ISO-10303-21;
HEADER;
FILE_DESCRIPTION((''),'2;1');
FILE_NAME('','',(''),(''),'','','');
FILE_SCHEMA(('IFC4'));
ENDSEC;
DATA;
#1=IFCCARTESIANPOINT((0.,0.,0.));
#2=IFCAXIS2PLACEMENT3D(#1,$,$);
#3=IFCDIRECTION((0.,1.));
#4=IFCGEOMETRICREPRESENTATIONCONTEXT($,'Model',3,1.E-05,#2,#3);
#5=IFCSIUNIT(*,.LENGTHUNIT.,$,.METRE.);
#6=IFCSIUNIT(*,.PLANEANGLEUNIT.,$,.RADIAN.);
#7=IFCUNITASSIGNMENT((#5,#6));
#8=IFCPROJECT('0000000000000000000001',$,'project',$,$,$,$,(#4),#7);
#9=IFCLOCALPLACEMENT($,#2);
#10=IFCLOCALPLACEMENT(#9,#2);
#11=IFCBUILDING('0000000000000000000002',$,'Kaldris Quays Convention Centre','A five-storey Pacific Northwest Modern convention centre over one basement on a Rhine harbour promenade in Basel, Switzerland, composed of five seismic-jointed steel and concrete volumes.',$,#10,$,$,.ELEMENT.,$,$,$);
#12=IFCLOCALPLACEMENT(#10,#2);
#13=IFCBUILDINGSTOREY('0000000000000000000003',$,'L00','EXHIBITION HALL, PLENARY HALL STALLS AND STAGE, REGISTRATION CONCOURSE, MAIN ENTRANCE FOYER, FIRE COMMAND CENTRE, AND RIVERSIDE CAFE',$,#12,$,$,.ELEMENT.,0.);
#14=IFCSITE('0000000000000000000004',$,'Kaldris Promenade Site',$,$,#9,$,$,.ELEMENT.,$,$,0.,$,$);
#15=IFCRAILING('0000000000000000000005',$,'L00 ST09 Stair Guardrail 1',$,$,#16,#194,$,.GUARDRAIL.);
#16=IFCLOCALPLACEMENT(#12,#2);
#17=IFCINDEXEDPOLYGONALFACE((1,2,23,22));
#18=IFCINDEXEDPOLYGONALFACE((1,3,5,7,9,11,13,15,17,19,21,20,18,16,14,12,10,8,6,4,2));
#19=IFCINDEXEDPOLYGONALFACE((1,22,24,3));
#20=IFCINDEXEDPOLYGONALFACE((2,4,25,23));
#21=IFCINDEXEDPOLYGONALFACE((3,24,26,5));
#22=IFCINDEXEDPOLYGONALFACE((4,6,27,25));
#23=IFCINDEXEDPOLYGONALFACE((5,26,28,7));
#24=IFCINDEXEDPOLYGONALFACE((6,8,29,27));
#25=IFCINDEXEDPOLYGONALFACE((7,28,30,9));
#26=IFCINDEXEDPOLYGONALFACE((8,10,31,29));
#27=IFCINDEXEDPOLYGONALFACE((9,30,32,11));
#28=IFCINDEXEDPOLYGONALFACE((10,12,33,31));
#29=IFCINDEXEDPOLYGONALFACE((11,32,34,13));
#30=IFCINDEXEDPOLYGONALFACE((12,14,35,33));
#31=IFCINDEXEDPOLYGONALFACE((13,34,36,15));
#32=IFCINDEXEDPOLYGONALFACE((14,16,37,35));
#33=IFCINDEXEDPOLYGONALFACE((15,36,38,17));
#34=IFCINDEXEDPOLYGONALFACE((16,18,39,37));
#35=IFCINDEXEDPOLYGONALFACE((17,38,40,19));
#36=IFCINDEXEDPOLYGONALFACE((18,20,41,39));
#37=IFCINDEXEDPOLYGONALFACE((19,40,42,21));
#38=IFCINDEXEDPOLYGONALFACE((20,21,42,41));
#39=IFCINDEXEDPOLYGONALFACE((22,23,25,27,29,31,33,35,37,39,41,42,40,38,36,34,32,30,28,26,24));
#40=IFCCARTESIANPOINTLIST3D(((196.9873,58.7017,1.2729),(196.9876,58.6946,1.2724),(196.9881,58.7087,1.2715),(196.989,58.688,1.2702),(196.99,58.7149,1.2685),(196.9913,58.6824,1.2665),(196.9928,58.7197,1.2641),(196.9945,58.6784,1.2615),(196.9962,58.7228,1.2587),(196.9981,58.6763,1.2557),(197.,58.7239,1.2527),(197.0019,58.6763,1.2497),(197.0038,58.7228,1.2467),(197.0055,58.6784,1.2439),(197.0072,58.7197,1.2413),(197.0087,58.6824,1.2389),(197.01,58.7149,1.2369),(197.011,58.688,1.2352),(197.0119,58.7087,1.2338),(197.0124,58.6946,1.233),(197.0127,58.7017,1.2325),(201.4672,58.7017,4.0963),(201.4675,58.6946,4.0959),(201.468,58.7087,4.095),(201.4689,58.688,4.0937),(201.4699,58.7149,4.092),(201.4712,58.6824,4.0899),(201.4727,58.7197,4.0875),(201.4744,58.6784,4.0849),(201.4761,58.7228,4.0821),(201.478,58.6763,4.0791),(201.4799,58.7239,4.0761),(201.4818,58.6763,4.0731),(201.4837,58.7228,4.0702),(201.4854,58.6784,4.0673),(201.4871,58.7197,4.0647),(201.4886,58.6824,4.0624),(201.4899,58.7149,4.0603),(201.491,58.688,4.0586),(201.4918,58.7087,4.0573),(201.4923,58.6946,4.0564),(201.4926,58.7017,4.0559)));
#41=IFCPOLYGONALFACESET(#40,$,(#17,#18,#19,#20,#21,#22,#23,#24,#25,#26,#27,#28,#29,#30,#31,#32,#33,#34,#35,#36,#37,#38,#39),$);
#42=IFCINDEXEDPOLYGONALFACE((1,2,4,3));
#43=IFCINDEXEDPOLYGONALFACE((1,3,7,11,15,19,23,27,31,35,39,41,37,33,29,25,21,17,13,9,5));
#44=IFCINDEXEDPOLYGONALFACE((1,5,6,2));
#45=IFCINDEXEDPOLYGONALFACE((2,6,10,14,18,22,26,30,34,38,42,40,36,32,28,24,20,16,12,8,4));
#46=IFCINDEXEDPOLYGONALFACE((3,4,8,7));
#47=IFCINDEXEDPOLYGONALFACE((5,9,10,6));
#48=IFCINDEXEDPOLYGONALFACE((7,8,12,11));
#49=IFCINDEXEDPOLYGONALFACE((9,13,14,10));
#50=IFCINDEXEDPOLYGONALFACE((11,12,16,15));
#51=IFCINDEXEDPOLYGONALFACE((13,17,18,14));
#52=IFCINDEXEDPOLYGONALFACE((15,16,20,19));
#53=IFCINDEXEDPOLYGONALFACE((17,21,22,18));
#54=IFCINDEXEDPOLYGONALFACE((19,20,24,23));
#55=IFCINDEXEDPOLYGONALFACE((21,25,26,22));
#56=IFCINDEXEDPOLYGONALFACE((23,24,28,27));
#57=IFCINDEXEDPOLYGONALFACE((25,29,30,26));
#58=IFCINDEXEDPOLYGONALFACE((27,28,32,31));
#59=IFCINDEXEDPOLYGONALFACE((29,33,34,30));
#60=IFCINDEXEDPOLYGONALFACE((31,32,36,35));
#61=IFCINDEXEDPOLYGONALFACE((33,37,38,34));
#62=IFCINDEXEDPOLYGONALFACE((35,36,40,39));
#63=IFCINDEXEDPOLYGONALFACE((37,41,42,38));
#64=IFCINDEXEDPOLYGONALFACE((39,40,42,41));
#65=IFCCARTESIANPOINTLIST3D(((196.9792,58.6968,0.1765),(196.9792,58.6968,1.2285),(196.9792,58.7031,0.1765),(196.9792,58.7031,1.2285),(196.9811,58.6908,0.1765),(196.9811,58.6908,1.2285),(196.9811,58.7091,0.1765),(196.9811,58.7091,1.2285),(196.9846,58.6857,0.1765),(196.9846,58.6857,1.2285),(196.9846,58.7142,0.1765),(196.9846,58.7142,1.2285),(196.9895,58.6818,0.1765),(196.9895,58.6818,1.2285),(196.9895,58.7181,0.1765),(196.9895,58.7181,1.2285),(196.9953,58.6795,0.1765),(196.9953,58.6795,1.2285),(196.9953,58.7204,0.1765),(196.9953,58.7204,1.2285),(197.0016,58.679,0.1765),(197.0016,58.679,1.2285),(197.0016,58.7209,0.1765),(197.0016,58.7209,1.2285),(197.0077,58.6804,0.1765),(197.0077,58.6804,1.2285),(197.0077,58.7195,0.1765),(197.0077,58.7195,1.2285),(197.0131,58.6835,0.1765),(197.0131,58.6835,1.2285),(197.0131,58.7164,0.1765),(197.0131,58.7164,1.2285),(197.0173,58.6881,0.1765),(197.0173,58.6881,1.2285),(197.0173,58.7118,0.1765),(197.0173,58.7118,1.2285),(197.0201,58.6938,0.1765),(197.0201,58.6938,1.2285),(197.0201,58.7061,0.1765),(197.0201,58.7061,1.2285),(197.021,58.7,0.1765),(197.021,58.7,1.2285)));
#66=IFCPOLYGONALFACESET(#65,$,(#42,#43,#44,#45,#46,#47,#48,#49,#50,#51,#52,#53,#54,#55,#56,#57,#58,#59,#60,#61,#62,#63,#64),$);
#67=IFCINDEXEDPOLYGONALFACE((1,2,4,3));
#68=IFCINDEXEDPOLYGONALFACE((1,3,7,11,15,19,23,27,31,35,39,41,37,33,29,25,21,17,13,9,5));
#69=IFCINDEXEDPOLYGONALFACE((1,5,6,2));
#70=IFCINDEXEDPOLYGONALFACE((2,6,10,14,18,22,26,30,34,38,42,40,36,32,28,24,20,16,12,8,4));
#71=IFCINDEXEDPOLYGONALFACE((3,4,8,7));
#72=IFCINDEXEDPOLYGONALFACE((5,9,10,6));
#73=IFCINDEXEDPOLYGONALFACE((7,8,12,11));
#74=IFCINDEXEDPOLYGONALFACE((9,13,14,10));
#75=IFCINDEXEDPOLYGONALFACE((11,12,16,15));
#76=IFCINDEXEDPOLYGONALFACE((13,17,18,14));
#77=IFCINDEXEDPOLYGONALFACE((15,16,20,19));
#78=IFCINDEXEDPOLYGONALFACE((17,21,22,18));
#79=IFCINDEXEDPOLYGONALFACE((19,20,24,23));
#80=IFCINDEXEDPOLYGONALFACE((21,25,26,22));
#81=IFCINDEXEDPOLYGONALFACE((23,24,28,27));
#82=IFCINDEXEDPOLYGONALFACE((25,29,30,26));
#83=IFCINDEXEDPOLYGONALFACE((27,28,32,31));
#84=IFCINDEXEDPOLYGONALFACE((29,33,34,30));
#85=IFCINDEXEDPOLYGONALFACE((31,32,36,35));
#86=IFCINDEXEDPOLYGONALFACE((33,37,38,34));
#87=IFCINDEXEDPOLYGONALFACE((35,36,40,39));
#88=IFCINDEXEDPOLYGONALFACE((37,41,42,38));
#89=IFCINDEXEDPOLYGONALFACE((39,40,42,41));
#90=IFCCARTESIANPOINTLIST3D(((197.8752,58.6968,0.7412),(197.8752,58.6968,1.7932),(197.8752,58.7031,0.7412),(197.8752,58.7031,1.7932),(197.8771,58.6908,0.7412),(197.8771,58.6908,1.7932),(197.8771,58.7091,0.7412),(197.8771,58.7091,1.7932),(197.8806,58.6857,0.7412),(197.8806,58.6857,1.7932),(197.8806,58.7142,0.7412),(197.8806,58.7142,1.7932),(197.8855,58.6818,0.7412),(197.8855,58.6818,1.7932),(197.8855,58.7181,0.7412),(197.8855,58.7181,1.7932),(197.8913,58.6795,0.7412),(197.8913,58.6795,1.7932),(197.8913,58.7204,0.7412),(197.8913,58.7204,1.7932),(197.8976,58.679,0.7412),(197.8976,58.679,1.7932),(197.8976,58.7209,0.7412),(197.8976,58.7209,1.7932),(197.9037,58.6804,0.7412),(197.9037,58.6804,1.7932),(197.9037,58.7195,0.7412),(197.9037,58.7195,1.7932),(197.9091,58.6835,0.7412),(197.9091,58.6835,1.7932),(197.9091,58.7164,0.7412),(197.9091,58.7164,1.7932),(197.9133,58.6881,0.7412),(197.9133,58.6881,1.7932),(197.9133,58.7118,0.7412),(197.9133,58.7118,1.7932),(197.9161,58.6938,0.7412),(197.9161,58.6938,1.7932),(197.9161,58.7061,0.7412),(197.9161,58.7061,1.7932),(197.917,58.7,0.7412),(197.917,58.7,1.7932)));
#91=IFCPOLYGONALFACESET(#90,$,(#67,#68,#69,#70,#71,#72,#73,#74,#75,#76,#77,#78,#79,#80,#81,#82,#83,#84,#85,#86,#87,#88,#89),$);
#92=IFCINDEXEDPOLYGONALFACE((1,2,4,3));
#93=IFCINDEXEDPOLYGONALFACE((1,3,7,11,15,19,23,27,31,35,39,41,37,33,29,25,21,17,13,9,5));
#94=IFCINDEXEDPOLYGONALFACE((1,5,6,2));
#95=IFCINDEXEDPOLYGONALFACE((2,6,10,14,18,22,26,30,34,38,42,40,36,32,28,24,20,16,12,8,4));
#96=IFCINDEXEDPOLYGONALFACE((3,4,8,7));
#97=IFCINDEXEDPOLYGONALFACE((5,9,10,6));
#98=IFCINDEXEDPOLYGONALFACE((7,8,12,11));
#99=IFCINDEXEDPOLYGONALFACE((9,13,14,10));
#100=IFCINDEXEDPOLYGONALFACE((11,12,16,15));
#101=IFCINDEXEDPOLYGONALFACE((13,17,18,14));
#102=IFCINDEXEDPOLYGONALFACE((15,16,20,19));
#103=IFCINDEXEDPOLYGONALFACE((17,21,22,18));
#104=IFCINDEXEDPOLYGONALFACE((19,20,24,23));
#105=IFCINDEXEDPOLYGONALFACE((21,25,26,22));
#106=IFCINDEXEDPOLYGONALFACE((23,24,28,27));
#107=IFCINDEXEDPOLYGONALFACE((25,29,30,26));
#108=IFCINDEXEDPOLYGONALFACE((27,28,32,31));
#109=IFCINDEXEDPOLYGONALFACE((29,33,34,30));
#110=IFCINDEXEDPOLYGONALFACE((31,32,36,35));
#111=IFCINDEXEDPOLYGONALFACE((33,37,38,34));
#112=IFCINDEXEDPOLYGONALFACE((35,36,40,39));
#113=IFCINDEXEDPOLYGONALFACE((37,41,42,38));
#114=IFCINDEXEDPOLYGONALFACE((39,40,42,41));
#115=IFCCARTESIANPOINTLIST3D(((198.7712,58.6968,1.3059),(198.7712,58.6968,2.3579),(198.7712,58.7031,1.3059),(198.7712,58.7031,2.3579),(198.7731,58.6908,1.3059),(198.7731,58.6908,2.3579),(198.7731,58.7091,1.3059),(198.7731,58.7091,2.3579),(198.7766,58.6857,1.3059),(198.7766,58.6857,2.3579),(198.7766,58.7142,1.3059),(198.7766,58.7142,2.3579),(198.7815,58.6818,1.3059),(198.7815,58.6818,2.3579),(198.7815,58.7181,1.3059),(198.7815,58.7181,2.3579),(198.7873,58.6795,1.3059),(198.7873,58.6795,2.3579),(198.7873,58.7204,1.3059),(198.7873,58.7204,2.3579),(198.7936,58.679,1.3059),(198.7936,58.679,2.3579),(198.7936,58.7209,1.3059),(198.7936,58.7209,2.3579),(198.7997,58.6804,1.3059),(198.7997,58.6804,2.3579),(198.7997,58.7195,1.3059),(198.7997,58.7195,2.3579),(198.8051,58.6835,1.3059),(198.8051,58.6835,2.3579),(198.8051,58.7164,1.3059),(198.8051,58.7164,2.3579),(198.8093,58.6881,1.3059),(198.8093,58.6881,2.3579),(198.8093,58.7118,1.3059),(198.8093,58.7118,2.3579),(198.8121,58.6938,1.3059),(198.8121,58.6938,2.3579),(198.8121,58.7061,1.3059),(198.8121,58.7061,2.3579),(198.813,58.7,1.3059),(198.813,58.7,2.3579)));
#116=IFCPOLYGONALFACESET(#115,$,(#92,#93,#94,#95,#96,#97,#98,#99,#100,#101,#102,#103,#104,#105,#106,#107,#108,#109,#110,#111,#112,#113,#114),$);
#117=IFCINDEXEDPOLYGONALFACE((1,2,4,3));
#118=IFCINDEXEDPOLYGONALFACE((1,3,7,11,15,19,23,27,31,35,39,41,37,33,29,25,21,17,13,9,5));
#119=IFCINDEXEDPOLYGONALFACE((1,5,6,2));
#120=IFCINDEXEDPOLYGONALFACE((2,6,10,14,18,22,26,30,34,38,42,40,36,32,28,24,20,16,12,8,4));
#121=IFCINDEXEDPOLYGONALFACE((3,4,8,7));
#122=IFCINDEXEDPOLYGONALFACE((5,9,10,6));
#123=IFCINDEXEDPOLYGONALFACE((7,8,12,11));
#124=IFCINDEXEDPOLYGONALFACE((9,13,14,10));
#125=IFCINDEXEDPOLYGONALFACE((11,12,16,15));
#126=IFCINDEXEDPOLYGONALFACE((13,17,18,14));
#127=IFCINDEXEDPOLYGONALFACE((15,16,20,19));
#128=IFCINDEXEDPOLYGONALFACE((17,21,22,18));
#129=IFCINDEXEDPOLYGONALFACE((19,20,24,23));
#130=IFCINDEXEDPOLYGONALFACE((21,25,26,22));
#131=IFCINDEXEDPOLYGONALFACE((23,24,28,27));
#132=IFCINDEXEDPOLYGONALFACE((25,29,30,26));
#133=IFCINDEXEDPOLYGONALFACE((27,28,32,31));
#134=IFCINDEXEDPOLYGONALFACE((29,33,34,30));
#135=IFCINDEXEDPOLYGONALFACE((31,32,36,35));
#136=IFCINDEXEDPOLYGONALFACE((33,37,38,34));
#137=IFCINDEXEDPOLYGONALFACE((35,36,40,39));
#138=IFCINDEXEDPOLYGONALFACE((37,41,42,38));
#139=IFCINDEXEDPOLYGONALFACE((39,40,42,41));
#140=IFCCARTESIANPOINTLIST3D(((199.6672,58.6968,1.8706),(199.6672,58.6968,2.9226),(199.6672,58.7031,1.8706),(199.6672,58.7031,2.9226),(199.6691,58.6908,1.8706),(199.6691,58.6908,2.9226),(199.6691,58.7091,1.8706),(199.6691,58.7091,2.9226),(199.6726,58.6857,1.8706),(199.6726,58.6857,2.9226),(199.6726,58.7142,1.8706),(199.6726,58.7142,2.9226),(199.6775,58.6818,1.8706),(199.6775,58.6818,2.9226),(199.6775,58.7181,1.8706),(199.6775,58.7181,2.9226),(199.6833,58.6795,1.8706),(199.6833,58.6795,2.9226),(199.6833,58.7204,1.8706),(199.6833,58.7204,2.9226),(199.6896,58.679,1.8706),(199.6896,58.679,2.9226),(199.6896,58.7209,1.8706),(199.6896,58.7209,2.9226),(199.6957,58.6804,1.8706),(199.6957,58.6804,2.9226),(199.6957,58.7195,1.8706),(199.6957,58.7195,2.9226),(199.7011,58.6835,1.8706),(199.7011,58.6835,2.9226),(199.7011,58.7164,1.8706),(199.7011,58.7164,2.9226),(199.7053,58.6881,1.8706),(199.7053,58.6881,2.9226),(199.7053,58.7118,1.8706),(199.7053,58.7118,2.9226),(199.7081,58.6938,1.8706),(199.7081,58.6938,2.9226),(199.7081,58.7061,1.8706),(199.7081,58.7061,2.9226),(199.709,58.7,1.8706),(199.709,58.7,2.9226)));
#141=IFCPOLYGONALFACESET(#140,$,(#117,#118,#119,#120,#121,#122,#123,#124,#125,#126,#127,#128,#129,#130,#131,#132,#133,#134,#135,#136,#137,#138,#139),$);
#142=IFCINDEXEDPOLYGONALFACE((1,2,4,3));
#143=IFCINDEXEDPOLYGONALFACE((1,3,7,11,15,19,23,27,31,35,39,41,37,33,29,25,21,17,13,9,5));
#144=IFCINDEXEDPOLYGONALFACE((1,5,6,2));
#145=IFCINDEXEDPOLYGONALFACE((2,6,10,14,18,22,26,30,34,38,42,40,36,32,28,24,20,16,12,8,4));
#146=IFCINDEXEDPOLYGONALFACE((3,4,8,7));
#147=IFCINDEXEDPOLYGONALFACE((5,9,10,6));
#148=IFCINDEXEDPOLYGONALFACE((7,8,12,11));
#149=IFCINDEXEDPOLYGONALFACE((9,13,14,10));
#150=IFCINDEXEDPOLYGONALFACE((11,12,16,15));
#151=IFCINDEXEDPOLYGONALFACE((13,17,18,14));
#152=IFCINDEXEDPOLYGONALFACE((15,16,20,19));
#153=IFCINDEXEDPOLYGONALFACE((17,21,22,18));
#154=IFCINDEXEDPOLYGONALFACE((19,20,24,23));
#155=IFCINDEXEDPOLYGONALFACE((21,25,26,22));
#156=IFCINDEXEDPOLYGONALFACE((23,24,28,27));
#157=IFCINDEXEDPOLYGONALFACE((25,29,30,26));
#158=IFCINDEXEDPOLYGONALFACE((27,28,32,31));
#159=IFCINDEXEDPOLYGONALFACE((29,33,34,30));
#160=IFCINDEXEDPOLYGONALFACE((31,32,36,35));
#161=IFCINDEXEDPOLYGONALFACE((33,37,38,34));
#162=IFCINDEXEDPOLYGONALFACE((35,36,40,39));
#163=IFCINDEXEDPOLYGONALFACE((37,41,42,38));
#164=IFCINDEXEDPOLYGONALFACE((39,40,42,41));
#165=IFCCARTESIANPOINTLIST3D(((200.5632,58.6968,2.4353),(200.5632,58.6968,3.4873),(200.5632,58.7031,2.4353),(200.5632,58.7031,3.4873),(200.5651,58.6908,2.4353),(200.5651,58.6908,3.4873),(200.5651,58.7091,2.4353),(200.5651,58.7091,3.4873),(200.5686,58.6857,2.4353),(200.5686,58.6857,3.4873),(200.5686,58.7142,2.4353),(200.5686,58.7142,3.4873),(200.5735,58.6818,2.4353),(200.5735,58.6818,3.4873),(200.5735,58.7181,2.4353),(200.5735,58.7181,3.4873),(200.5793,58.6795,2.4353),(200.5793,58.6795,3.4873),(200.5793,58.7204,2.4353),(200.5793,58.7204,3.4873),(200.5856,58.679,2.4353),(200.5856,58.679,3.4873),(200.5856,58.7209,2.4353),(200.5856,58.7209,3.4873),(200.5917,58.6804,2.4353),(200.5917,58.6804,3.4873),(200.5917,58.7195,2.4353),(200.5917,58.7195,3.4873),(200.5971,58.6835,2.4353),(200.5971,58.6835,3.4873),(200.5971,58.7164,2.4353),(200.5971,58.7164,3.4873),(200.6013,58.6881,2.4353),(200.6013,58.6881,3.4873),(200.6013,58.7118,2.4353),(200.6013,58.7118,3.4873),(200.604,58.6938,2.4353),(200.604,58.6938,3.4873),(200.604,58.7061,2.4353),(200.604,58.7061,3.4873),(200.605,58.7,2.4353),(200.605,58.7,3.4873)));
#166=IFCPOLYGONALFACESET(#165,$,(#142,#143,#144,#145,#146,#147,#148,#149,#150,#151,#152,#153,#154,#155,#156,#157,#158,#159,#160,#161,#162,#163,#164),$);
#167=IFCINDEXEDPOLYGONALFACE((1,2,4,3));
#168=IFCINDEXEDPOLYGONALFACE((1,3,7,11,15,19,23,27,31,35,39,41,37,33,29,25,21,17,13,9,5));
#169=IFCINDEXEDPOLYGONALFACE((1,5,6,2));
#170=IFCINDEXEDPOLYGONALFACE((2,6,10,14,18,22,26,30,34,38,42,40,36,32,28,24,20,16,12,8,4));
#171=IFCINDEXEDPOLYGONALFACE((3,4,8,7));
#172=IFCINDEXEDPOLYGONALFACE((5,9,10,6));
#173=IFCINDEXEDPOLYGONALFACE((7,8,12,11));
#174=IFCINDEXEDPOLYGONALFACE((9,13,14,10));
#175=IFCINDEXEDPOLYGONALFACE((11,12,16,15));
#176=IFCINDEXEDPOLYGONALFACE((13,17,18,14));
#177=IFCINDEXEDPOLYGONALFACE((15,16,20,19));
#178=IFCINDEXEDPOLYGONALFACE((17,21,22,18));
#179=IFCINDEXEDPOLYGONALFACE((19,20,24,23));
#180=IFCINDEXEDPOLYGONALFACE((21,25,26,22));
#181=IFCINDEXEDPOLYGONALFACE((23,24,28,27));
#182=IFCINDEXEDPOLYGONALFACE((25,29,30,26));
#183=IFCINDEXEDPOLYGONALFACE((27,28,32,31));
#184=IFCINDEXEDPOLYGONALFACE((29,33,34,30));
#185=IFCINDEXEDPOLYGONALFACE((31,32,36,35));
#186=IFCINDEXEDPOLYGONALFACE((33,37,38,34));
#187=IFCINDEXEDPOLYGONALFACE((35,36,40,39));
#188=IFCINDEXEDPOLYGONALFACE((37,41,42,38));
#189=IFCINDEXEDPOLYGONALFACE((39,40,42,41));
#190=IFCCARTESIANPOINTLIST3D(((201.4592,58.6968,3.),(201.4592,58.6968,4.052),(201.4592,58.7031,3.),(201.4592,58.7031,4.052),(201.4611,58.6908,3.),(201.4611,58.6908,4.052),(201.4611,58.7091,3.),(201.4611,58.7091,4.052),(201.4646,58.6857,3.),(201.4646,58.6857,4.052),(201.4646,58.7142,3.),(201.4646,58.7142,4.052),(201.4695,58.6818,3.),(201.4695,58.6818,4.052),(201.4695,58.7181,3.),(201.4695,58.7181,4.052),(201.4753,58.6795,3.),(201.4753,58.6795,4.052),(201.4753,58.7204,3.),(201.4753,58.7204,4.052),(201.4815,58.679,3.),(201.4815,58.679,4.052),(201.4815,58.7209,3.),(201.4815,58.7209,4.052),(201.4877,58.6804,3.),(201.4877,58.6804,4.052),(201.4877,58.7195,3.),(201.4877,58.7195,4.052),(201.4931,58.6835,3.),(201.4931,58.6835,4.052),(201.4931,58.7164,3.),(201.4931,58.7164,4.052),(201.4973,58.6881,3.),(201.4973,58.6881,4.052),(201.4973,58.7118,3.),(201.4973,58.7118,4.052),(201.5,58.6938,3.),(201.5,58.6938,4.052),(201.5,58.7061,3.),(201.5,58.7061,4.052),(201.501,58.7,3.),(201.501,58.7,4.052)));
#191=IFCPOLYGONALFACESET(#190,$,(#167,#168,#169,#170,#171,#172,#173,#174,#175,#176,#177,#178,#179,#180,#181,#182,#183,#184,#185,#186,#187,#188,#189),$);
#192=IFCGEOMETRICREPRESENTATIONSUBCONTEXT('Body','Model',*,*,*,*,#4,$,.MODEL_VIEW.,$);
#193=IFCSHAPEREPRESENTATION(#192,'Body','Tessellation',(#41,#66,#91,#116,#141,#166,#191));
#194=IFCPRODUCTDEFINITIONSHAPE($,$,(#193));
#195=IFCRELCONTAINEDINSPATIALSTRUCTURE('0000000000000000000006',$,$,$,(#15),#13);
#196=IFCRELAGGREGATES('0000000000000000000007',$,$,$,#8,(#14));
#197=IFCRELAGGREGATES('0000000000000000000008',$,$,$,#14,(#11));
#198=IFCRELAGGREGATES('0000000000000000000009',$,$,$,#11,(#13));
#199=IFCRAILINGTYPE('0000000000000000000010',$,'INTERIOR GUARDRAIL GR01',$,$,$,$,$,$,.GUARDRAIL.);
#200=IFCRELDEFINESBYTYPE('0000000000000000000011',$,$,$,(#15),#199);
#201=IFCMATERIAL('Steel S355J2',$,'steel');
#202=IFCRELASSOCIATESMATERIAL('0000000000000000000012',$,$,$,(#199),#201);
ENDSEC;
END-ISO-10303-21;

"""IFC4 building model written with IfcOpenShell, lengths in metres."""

from ifc_helpers import new_model, si_unit, direction, frame, origin, origin_2d, place, context, subcontext, project, spatial, circle, extrude, material, type_object, element, save


model = new_model("IFC4")

# Units and contexts
model_context = context("Model", 3, precision=1e-05, world=origin(), true_north=direction((0.0, 1.0)))
body_context = subcontext(model_context, "Body", "Model", "MODEL_VIEW")
ifc_project = project(units=[si_unit("LENGTHUNIT", "METRE"), si_unit("PLANEANGLEUNIT", "RADIAN")], contexts=[model_context])

# Site, building, storey
site_placement = place(None, origin())
site = spatial("IfcSite", under=ifc_project, at=site_placement, Name="Kaldris Promenade Site", CompositionType="ELEMENT", RefElevation=0.0)
building_placement = place(site_placement, origin())
building = spatial("IfcBuilding", under=site, at=building_placement, Name="Kaldris Quays Convention Centre", Description="A five-storey Pacific Northwest Modern convention centre over one basement on a Rhine harbour promenade in Basel, Switzerland, composed of five seismic-jointed steel and concrete volumes.", CompositionType="ELEMENT")
storey_placement = place(building_placement, origin())
storey = spatial("IfcBuildingStorey", under=building, at=storey_placement, Name="L00", Description="EXHIBITION HALL, PLENARY HALL STALLS AND STAGE, REGISTRATION CONCOURSE, MAIN ENTRANCE FOYER, FIRE COMMAND CENTRE, AND RIVERSIDE CAFE", CompositionType="ELEMENT", Elevation=0.0)

# Shared definitions
ifc_material_1 = material(Name="Steel S355J2", Category="steel")

# Railing
railing_type_1 = type_object("IfcRailingType", Name="INTERIOR GUARDRAIL GR01", PredefinedType="GUARDRAIL", material=ifc_material_1)
railing_1_placement = place(storey_placement, frame((197.0, 58.7, 0.1765)))
element("IfcRailing", 1, at=railing_1_placement, inside=storey, type_object=railing_type_1, Name="L00 ST09 Stair Guardrail 1", PredefinedType="GUARDRAIL", context=body_context, shape_type="SweptSolid", body=[
    extrude(circle(Radius=0.0239, at=origin_2d()), frame((0.0, 0.0, 1.0762), z_axis=(0.845998, 0.0, 0.533186), x_axis=(0.0, 1.0, 0.0)), (0.0, 0.0, 1.0), 5.2954),
    extrude(circle(Radius=0.021, at=origin_2d()), origin(), (0.0, 0.0, 1.0), 1.052),
    extrude(circle(Radius=0.021, at=origin_2d()), frame((0.896, 0.0, 0.5647)), (0.0, 0.0, 1.0), 1.052),
    extrude(circle(Radius=0.021, at=origin_2d()), frame((1.792, 0.0, 1.1294)), (0.0, 0.0, 1.0), 1.052),
    extrude(circle(Radius=0.021, at=origin_2d()), frame((2.688, 0.0, 1.6941)), (0.0, 0.0, 1.0), 1.052),
    extrude(circle(Radius=0.021, at=origin_2d()), frame((3.584, 0.0, 2.2588)), (0.0, 0.0, 1.0), 1.052),
    extrude(circle(Radius=0.021, at=origin_2d()), frame((4.48, 0.0, 2.8235)), (0.0, 0.0, 1.0), 1.052),
])

save(model, "model.ifc")
